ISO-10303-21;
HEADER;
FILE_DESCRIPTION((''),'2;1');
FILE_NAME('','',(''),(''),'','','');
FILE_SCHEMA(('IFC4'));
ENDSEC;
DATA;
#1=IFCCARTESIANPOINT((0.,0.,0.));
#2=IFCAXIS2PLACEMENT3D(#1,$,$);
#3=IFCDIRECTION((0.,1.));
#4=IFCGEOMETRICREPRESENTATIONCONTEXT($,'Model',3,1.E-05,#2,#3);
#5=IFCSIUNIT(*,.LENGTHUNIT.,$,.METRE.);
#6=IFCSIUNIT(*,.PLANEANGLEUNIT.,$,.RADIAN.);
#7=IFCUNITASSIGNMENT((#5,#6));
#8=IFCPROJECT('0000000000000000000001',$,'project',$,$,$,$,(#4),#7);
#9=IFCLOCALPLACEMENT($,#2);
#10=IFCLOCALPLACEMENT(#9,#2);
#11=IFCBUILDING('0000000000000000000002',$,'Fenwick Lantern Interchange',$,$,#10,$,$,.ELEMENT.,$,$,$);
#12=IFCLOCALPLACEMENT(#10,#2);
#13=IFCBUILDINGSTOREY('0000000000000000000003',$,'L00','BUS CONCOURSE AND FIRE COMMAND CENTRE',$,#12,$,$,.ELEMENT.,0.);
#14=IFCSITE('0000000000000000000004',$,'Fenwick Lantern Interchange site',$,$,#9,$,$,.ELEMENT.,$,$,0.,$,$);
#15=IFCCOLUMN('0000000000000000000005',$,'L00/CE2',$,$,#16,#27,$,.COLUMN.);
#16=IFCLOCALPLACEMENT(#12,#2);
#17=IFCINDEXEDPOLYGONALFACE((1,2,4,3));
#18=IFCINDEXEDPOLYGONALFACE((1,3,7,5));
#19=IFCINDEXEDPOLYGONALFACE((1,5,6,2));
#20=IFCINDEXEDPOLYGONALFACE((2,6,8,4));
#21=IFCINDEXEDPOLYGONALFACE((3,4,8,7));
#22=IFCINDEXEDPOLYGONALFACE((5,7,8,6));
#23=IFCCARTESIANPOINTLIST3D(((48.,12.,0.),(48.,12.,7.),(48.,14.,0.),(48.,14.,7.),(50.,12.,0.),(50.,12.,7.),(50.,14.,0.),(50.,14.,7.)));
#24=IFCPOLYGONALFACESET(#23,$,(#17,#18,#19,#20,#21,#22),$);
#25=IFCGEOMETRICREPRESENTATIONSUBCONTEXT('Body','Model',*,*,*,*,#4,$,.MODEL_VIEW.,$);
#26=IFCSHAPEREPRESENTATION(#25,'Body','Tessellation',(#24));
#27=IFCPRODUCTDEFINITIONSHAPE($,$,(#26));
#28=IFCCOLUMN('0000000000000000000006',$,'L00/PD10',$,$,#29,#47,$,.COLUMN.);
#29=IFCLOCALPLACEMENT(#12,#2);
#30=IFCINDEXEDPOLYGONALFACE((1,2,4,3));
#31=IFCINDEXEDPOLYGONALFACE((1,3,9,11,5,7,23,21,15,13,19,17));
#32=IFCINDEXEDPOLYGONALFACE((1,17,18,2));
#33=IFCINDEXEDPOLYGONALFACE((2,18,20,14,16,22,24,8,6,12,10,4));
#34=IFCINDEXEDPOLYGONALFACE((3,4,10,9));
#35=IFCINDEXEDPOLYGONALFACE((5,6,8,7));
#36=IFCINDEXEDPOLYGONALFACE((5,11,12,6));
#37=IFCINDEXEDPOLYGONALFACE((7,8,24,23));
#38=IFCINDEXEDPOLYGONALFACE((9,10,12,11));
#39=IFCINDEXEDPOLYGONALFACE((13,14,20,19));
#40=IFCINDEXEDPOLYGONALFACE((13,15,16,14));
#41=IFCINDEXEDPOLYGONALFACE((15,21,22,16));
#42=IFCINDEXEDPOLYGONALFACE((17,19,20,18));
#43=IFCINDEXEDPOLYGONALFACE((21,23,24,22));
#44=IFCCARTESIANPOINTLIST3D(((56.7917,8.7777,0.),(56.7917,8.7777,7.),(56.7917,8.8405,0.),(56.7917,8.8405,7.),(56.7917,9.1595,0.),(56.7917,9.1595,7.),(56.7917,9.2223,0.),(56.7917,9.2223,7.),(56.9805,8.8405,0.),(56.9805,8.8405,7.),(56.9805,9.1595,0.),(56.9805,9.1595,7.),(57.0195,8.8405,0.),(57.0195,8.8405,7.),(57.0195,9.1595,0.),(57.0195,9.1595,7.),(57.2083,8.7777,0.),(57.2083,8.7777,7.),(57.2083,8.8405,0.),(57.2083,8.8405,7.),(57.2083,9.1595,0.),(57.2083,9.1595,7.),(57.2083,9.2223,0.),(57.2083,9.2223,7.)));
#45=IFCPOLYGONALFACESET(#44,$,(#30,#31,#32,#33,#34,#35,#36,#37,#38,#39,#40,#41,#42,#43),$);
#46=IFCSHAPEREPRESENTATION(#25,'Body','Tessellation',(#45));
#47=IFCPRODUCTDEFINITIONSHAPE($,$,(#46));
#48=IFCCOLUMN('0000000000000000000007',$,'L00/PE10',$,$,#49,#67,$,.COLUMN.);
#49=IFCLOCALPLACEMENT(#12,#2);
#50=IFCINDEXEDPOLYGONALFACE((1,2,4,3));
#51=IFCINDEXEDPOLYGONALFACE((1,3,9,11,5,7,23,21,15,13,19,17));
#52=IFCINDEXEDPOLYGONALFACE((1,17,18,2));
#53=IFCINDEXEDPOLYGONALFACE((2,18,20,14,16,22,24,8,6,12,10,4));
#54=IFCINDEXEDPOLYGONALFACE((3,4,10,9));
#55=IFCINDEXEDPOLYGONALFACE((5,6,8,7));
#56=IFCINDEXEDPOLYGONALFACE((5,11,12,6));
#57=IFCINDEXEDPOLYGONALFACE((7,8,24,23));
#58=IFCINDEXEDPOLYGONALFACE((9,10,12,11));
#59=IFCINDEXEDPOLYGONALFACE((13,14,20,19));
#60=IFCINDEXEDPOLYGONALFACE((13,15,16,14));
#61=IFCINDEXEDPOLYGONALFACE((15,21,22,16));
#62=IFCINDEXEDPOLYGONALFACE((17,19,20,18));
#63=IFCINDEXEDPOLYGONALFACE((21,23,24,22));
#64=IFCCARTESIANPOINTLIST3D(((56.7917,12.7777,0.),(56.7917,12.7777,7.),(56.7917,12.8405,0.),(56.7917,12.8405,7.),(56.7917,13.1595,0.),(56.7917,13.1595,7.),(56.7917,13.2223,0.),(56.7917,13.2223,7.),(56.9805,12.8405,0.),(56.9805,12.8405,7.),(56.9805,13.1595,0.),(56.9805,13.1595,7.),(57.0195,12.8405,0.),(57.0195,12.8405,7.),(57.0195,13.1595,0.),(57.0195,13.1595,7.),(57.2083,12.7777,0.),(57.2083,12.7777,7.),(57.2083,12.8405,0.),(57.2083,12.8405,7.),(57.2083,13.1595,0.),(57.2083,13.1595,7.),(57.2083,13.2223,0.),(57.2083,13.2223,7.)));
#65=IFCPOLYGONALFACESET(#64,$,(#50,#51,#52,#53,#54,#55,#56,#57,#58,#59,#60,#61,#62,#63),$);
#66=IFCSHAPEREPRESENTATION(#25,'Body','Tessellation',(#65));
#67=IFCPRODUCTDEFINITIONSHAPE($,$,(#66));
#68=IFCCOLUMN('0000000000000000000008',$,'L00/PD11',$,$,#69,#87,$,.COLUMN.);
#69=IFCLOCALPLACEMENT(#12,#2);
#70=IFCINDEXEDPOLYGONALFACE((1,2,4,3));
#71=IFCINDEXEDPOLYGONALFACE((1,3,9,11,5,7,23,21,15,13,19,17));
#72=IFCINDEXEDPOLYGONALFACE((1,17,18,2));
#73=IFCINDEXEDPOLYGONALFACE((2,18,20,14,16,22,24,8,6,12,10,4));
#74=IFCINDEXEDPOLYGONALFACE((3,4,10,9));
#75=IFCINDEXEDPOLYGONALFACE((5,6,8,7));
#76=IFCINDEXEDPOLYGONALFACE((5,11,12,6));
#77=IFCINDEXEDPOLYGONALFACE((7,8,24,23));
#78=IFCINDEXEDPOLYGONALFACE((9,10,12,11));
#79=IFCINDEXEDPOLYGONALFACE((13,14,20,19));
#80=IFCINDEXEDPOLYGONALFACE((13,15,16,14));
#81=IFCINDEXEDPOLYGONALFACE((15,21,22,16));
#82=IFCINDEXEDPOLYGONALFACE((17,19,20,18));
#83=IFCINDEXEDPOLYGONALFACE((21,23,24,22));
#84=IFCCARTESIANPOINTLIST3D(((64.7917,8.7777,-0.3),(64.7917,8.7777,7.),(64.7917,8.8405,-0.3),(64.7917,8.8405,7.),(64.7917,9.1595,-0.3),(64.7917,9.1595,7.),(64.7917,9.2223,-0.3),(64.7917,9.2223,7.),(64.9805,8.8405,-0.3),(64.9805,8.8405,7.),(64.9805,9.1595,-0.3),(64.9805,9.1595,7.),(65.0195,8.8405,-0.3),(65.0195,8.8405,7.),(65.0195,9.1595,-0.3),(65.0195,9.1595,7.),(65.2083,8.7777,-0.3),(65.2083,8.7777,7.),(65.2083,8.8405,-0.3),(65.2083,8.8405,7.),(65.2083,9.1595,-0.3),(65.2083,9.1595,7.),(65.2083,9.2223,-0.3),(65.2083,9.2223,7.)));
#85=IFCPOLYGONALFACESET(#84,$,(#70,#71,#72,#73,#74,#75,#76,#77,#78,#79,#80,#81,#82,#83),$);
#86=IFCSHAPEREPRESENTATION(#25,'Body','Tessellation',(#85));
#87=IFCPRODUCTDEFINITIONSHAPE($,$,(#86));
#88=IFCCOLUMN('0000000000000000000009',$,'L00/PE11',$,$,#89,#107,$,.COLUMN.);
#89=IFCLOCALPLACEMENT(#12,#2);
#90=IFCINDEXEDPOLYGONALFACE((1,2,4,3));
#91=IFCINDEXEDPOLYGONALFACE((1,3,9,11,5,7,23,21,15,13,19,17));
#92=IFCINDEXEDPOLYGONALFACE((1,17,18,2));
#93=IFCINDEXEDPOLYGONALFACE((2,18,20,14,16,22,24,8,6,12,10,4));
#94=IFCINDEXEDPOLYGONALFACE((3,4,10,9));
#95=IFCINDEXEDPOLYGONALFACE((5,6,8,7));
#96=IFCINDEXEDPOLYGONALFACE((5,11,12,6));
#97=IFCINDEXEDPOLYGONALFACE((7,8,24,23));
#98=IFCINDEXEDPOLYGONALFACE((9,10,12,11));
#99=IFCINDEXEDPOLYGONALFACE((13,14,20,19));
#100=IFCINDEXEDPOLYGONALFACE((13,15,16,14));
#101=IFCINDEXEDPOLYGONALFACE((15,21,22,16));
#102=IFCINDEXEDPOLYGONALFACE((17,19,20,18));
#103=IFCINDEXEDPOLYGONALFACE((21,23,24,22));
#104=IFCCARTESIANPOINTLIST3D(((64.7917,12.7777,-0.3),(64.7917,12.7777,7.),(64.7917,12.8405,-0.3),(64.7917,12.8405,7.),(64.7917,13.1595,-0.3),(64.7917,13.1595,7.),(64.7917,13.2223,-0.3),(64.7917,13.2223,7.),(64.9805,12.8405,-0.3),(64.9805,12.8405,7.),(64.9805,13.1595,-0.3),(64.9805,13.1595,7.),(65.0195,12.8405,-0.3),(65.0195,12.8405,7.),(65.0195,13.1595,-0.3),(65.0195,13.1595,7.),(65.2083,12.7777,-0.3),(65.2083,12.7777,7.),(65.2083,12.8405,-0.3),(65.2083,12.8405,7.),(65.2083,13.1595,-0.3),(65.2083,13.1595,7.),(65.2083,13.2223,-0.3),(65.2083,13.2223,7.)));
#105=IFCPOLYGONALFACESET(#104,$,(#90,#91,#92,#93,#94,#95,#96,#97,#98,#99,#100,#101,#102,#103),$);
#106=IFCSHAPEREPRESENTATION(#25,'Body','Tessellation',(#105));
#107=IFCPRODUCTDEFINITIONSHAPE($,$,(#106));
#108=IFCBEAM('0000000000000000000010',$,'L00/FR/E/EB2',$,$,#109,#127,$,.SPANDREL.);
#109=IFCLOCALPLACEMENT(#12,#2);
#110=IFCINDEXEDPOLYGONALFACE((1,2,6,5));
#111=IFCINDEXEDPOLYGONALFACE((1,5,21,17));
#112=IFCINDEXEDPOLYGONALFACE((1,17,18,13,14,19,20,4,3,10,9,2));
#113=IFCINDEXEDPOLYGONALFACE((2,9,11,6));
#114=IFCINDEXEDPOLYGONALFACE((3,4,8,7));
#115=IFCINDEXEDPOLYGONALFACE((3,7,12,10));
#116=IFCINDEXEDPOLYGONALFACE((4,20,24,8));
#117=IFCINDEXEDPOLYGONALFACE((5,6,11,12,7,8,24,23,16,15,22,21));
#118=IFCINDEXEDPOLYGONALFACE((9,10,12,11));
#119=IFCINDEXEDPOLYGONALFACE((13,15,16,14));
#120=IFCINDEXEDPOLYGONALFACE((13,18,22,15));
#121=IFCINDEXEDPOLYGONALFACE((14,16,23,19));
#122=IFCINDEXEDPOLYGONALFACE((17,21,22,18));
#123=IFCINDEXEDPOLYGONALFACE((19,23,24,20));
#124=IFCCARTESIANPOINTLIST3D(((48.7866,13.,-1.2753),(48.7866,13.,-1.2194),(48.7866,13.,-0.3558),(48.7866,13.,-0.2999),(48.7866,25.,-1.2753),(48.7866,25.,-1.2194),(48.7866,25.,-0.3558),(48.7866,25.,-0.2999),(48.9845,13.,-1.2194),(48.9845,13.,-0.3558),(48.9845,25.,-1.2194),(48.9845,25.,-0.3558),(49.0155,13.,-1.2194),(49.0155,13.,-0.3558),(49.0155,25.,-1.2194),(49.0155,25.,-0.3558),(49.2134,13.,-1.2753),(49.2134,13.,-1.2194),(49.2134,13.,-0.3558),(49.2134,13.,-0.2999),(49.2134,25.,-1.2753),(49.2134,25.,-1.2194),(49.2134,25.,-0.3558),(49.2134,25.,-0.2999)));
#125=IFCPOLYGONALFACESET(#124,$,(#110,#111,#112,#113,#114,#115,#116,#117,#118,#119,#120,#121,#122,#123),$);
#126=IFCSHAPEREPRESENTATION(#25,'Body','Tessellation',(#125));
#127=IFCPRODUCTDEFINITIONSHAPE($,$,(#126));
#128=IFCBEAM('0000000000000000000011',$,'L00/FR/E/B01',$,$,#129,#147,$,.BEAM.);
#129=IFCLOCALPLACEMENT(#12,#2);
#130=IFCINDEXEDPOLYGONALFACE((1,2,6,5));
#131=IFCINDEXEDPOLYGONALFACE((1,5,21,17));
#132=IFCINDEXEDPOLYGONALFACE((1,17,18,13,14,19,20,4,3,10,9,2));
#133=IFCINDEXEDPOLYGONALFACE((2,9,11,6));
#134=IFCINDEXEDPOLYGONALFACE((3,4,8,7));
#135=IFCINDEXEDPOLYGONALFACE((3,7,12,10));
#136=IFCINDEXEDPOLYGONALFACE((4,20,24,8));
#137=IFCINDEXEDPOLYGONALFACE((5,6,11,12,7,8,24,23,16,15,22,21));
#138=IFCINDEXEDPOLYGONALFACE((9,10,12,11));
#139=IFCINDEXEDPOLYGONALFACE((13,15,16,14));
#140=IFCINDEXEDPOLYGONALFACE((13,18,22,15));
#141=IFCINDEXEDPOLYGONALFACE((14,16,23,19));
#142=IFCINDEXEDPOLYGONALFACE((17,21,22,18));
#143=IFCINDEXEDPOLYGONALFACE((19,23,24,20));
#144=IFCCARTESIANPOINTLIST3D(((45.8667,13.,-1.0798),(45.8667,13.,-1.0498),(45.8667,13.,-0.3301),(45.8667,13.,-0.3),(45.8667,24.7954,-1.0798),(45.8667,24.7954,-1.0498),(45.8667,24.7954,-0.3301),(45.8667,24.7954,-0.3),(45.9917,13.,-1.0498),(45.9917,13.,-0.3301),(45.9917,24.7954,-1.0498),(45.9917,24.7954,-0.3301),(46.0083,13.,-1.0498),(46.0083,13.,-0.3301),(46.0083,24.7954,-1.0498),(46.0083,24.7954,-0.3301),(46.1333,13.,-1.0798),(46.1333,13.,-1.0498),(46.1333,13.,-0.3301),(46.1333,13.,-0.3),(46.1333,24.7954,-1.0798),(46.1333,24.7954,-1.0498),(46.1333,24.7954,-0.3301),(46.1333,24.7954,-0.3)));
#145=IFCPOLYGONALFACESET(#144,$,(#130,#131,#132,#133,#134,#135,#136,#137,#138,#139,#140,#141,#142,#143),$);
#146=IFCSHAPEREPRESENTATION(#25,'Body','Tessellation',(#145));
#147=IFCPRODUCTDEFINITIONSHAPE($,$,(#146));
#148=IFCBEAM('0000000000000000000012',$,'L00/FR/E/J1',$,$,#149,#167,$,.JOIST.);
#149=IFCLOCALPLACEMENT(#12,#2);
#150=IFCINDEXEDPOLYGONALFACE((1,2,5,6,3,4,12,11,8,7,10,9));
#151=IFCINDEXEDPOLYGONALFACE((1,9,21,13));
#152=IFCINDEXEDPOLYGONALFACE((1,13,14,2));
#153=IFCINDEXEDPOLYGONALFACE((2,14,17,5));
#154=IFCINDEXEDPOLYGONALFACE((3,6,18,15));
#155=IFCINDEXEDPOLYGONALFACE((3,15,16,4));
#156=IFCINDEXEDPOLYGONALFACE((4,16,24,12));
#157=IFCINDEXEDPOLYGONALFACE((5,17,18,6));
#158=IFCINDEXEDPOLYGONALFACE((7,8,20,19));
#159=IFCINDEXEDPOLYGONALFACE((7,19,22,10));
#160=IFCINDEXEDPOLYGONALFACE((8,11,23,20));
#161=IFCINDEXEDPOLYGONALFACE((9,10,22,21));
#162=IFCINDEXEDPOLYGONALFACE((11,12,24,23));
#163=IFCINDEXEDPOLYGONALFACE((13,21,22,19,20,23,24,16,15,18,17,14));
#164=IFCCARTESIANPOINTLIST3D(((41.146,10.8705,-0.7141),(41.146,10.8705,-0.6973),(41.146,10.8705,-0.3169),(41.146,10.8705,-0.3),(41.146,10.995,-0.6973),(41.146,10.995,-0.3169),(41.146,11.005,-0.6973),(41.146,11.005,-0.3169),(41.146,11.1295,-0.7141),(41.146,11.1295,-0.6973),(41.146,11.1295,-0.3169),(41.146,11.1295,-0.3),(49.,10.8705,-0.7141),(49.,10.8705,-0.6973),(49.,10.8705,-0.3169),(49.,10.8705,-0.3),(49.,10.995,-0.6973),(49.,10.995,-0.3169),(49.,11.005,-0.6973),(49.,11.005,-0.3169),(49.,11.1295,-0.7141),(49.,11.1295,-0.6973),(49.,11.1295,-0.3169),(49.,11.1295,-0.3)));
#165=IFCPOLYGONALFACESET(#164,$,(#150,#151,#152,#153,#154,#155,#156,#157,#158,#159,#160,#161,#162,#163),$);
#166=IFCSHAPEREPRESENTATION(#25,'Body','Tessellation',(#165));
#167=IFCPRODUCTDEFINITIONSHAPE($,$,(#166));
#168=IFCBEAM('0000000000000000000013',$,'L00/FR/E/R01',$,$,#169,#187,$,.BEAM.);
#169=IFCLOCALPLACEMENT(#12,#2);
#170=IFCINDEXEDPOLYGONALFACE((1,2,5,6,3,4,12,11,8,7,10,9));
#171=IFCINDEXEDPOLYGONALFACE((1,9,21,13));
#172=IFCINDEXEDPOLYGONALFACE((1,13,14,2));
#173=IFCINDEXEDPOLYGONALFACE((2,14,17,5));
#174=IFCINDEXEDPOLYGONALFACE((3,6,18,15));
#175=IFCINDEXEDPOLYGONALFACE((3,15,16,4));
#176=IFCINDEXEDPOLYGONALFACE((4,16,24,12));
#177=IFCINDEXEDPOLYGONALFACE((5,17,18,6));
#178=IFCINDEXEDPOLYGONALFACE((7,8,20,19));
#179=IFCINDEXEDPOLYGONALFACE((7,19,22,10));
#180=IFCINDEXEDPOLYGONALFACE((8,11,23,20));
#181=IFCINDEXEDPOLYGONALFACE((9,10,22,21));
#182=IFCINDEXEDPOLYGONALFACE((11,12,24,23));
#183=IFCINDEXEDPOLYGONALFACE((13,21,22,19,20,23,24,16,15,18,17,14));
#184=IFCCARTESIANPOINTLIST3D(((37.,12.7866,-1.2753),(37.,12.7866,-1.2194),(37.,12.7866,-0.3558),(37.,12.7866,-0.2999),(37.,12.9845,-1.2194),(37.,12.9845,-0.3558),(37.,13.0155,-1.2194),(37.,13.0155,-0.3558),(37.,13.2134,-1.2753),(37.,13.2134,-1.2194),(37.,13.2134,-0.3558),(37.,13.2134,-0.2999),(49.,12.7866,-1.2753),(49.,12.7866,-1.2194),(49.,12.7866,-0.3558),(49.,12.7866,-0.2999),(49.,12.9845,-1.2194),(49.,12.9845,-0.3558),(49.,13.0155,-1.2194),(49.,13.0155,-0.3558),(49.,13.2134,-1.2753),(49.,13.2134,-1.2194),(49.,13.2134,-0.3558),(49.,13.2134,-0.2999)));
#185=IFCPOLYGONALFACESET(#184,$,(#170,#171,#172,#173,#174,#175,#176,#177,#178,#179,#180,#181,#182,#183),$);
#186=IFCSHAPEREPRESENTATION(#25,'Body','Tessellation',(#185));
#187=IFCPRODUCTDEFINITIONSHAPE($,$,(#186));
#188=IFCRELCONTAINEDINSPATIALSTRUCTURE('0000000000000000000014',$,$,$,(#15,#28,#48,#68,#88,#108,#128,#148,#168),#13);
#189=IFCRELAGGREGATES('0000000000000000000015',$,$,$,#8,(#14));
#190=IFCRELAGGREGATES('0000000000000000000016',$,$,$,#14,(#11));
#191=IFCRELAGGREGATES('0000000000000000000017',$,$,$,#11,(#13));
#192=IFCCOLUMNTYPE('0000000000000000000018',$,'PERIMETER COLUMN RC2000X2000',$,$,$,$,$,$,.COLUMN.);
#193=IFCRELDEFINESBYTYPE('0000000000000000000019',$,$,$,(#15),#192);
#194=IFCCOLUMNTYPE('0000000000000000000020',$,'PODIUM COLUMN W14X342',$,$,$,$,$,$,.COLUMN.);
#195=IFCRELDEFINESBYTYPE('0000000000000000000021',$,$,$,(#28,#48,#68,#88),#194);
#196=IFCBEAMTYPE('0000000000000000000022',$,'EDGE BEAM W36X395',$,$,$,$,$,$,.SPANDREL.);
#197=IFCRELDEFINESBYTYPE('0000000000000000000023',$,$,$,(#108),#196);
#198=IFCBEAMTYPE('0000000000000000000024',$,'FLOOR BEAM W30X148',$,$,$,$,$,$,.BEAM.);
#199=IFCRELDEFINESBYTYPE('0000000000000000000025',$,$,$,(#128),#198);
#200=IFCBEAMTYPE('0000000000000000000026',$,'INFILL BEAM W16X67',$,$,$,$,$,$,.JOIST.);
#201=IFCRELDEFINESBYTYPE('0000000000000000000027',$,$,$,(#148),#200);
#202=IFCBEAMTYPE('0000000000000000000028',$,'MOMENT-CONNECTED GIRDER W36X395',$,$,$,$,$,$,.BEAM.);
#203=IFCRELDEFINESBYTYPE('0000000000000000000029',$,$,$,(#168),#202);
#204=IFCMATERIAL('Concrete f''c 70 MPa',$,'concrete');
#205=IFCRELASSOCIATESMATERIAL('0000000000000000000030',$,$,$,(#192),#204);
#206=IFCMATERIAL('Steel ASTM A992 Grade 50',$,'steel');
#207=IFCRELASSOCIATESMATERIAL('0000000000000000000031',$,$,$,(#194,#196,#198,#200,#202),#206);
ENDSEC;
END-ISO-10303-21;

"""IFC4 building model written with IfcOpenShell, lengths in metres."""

from ifc_helpers import new_model, si_unit, direction, frame, origin, origin_2d, place, context, subcontext, project, spatial, rectangle, i_section, extrude, material, material_profile, profile_set, type_object, element, save


model = new_model("IFC4")

# Units and contexts
model_context = context("Model", 3, precision=1e-05, world=origin(), true_north=direction((0.0, 1.0)))
body_context = subcontext(model_context, "Body", "Model", "MODEL_VIEW")
ifc_project = project(units=[si_unit("LENGTHUNIT", "METRE"), si_unit("PLANEANGLEUNIT", "RADIAN")], contexts=[model_context])

# Site, building, storey
site_placement = place(None, origin())
site = spatial("IfcSite", under=ifc_project, at=site_placement, Name="Fenwick Lantern Interchange site", CompositionType="ELEMENT", RefElevation=0.0)
building_placement = place(site_placement, origin())
building = spatial("IfcBuilding", under=site, at=building_placement, Name="Fenwick Lantern Interchange", CompositionType="ELEMENT")
storey_placement = place(building_placement, origin())
storey = spatial("IfcBuildingStorey", under=building, at=storey_placement, Name="L00", Description="BUS CONCOURSE AND FIRE COMMAND CENTRE", CompositionType="ELEMENT", Elevation=0.0)

# Columns
ifc_material_1 = material(Name="Concrete f'c 70 MPa", Category="concrete")
ifc_material_profile_1 = material_profile(ifc_material_1, rectangle(XDim=2.0, YDim=2.0, at=origin_2d()), Name="RC2000X2000")
ifc_profile_set_1 = profile_set([ifc_material_profile_1], Name="Concrete f'c 70 MPa")
column_type_1 = type_object("IfcColumnType", Name="PERIMETER COLUMN RC2000X2000", PredefinedType="COLUMN", material=ifc_profile_set_1)
column_placement = place(storey_placement, frame((49.0, 13.0, 0.0), z_axis=(0.0, 0.0, 1.0), x_axis=(1.0, 0.0, 0.0)))
element("IfcColumn", 1, at=column_placement, inside=storey, type_object=column_type_1, Name="L00/CE2", PredefinedType="COLUMN", context=body_context, shape_type="SweptSolid", body=[
    extrude(rectangle(XDim=2.0, YDim=2.0, at=origin_2d()), origin(), (0.0, 0.0, 1.0), 7.0),
])
ifc_material_2 = material(Name="Steel ASTM A992 Grade 50", Category="steel")
ifc_material_profile_2 = material_profile(ifc_material_2, i_section(OverallWidth=0.4165, OverallDepth=0.4446, WebThickness=0.0391, FlangeThickness=0.0627, at=origin_2d()), Name="W14X342")
ifc_profile_set_2 = profile_set([ifc_material_profile_2], Name="Steel ASTM A992 Grade 50")
column_type_2 = type_object("IfcColumnType", Name="PODIUM COLUMN W14X342", PredefinedType="COLUMN", material=ifc_profile_set_2)
for number, where, z_axis, x_axis, name in (
    (2, (57.0, 9.0, 0.0), (0.0, 0.0, 1.0), (1.0, 0.0, 0.0), "L00/PD10"),
    (3, (57.0, 13.0, 0.0), (0.0, 0.0, 1.0), (1.0, 0.0, 0.0), "L00/PE10"),
):
    element("IfcColumn", number, at=place(storey_placement, frame(where, z_axis=z_axis, x_axis=x_axis)), inside=storey, type_object=column_type_2, Name=name, PredefinedType="COLUMN", context=body_context, shape_type="SweptSolid", body=[
        extrude(i_section(OverallWidth=0.4165, OverallDepth=0.4446, WebThickness=0.0391, FlangeThickness=0.0627, at=origin_2d()), origin(), (0.0, 0.0, 1.0), 7.0),
    ])
for number, where, z_axis, x_axis, name in (
    (4, (65.0, 9.0, -0.3), (0.0, 0.0, 1.0), (1.0, 0.0, 0.0), "L00/PD11"),
    (5, (65.0, 13.0, -0.3), (0.0, 0.0, 1.0), (1.0, 0.0, 0.0), "L00/PE11"),
):
    element("IfcColumn", number, at=place(storey_placement, frame(where, z_axis=z_axis, x_axis=x_axis)), inside=storey, type_object=column_type_2, Name=name, PredefinedType="COLUMN", context=body_context, shape_type="SweptSolid", body=[
        extrude(i_section(OverallWidth=0.4165, OverallDepth=0.4446, WebThickness=0.0391, FlangeThickness=0.0627, at=origin_2d()), origin(), (0.0, 0.0, 1.0), 7.3),
    ])

# Beams
ifc_material_profile_3 = material_profile(ifc_material_2, i_section(OverallWidth=0.4268, OverallDepth=0.9753, WebThickness=0.031, FlangeThickness=0.0559, at=origin_2d()), Name="W36X395")
ifc_profile_set_3 = profile_set([ifc_material_profile_3], Name="Steel ASTM A992 Grade 50")
beam_type_1 = type_object("IfcBeamType", Name="EDGE BEAM W36X395", PredefinedType="SPANDREL", material=ifc_profile_set_3)
beam_1_placement = place(storey_placement, frame((49.0, 13.0, -0.7876), z_axis=(0.0, 1.0, 0.0), x_axis=(-1.0, 0.0, 0.0)))
element("IfcBeam", 6, at=beam_1_placement, inside=storey, type_object=beam_type_1, Name="L00/FR/E/EB2", PredefinedType="SPANDREL", context=body_context, shape_type="SweptSolid", body=[
    extrude(i_section(OverallWidth=0.4268, OverallDepth=0.9753, WebThickness=0.031, FlangeThickness=0.0559, at=origin_2d()), origin(), (0.0, 0.0, 1.0), 12.0),
])
ifc_material_profile_4 = material_profile(ifc_material_2, i_section(OverallWidth=0.2666, OverallDepth=0.7798, WebThickness=0.0166, FlangeThickness=0.03, at=origin_2d()), Name="W30X148")
ifc_profile_set_4 = profile_set([ifc_material_profile_4], Name="Steel ASTM A992 Grade 50")
beam_type_2 = type_object("IfcBeamType", Name="FLOOR BEAM W30X148", PredefinedType="BEAM", material=ifc_profile_set_4)
beam_2_placement = place(storey_placement, frame((46.0, 13.0, -0.6899), z_axis=(0.0, 1.0, 0.0), x_axis=(-1.0, 0.0, 0.0)))
element("IfcBeam", 7, at=beam_2_placement, inside=storey, type_object=beam_type_2, Name="L00/FR/E/B01", PredefinedType="BEAM", context=body_context, shape_type="SweptSolid", body=[
    extrude(i_section(OverallWidth=0.2666, OverallDepth=0.7798, WebThickness=0.0166, FlangeThickness=0.03, at=origin_2d()), origin(), (0.0, 0.0, 1.0), 11.7954),
])
ifc_material_profile_5 = material_profile(ifc_material_2, i_section(OverallWidth=0.259, OverallDepth=0.4141, WebThickness=0.01, FlangeThickness=0.0168, at=origin_2d()), Name="W16X67")
ifc_profile_set_5 = profile_set([ifc_material_profile_5], Name="Steel ASTM A992 Grade 50")
beam_type_3 = type_object("IfcBeamType", Name="INFILL BEAM W16X67", PredefinedType="JOIST", material=ifc_profile_set_5)
beam_3_placement = place(storey_placement, frame((49.0, 11.0, -0.5071), z_axis=(-1.0, 0.0, 0.0), x_axis=(0.0, -1.0, 0.0)))
element("IfcBeam", 8, at=beam_3_placement, inside=storey, type_object=beam_type_3, Name="L00/FR/E/J1", PredefinedType="JOIST", context=body_context, shape_type="SweptSolid", body=[
    extrude(i_section(OverallWidth=0.259, OverallDepth=0.4141, WebThickness=0.01, FlangeThickness=0.0168, at=origin_2d()), origin(), (0.0, 0.0, 1.0), 7.854),
])
ifc_material_profile_6 = material_profile(ifc_material_2, i_section(OverallWidth=0.4268, OverallDepth=0.9753, WebThickness=0.031, FlangeThickness=0.0559, at=origin_2d()), Name="W36X395")
ifc_profile_set_6 = profile_set([ifc_material_profile_6], Name="Steel ASTM A992 Grade 50")
beam_type_4 = type_object("IfcBeamType", Name="MOMENT-CONNECTED GIRDER W36X395", PredefinedType="BEAM", material=ifc_profile_set_6)
beam_4_placement = place(storey_placement, frame((49.0, 13.0, -0.7876), z_axis=(-1.0, 0.0, 0.0), x_axis=(0.0, -1.0, 0.0)))
element("IfcBeam", 9, at=beam_4_placement, inside=storey, type_object=beam_type_4, Name="L00/FR/E/R01", PredefinedType="BEAM", context=body_context, shape_type="SweptSolid", body=[
    extrude(i_section(OverallWidth=0.4268, OverallDepth=0.9753, WebThickness=0.031, FlangeThickness=0.0559, at=origin_2d()), origin(), (0.0, 0.0, 1.0), 12.0),
])

save(model, "model.ifc")
